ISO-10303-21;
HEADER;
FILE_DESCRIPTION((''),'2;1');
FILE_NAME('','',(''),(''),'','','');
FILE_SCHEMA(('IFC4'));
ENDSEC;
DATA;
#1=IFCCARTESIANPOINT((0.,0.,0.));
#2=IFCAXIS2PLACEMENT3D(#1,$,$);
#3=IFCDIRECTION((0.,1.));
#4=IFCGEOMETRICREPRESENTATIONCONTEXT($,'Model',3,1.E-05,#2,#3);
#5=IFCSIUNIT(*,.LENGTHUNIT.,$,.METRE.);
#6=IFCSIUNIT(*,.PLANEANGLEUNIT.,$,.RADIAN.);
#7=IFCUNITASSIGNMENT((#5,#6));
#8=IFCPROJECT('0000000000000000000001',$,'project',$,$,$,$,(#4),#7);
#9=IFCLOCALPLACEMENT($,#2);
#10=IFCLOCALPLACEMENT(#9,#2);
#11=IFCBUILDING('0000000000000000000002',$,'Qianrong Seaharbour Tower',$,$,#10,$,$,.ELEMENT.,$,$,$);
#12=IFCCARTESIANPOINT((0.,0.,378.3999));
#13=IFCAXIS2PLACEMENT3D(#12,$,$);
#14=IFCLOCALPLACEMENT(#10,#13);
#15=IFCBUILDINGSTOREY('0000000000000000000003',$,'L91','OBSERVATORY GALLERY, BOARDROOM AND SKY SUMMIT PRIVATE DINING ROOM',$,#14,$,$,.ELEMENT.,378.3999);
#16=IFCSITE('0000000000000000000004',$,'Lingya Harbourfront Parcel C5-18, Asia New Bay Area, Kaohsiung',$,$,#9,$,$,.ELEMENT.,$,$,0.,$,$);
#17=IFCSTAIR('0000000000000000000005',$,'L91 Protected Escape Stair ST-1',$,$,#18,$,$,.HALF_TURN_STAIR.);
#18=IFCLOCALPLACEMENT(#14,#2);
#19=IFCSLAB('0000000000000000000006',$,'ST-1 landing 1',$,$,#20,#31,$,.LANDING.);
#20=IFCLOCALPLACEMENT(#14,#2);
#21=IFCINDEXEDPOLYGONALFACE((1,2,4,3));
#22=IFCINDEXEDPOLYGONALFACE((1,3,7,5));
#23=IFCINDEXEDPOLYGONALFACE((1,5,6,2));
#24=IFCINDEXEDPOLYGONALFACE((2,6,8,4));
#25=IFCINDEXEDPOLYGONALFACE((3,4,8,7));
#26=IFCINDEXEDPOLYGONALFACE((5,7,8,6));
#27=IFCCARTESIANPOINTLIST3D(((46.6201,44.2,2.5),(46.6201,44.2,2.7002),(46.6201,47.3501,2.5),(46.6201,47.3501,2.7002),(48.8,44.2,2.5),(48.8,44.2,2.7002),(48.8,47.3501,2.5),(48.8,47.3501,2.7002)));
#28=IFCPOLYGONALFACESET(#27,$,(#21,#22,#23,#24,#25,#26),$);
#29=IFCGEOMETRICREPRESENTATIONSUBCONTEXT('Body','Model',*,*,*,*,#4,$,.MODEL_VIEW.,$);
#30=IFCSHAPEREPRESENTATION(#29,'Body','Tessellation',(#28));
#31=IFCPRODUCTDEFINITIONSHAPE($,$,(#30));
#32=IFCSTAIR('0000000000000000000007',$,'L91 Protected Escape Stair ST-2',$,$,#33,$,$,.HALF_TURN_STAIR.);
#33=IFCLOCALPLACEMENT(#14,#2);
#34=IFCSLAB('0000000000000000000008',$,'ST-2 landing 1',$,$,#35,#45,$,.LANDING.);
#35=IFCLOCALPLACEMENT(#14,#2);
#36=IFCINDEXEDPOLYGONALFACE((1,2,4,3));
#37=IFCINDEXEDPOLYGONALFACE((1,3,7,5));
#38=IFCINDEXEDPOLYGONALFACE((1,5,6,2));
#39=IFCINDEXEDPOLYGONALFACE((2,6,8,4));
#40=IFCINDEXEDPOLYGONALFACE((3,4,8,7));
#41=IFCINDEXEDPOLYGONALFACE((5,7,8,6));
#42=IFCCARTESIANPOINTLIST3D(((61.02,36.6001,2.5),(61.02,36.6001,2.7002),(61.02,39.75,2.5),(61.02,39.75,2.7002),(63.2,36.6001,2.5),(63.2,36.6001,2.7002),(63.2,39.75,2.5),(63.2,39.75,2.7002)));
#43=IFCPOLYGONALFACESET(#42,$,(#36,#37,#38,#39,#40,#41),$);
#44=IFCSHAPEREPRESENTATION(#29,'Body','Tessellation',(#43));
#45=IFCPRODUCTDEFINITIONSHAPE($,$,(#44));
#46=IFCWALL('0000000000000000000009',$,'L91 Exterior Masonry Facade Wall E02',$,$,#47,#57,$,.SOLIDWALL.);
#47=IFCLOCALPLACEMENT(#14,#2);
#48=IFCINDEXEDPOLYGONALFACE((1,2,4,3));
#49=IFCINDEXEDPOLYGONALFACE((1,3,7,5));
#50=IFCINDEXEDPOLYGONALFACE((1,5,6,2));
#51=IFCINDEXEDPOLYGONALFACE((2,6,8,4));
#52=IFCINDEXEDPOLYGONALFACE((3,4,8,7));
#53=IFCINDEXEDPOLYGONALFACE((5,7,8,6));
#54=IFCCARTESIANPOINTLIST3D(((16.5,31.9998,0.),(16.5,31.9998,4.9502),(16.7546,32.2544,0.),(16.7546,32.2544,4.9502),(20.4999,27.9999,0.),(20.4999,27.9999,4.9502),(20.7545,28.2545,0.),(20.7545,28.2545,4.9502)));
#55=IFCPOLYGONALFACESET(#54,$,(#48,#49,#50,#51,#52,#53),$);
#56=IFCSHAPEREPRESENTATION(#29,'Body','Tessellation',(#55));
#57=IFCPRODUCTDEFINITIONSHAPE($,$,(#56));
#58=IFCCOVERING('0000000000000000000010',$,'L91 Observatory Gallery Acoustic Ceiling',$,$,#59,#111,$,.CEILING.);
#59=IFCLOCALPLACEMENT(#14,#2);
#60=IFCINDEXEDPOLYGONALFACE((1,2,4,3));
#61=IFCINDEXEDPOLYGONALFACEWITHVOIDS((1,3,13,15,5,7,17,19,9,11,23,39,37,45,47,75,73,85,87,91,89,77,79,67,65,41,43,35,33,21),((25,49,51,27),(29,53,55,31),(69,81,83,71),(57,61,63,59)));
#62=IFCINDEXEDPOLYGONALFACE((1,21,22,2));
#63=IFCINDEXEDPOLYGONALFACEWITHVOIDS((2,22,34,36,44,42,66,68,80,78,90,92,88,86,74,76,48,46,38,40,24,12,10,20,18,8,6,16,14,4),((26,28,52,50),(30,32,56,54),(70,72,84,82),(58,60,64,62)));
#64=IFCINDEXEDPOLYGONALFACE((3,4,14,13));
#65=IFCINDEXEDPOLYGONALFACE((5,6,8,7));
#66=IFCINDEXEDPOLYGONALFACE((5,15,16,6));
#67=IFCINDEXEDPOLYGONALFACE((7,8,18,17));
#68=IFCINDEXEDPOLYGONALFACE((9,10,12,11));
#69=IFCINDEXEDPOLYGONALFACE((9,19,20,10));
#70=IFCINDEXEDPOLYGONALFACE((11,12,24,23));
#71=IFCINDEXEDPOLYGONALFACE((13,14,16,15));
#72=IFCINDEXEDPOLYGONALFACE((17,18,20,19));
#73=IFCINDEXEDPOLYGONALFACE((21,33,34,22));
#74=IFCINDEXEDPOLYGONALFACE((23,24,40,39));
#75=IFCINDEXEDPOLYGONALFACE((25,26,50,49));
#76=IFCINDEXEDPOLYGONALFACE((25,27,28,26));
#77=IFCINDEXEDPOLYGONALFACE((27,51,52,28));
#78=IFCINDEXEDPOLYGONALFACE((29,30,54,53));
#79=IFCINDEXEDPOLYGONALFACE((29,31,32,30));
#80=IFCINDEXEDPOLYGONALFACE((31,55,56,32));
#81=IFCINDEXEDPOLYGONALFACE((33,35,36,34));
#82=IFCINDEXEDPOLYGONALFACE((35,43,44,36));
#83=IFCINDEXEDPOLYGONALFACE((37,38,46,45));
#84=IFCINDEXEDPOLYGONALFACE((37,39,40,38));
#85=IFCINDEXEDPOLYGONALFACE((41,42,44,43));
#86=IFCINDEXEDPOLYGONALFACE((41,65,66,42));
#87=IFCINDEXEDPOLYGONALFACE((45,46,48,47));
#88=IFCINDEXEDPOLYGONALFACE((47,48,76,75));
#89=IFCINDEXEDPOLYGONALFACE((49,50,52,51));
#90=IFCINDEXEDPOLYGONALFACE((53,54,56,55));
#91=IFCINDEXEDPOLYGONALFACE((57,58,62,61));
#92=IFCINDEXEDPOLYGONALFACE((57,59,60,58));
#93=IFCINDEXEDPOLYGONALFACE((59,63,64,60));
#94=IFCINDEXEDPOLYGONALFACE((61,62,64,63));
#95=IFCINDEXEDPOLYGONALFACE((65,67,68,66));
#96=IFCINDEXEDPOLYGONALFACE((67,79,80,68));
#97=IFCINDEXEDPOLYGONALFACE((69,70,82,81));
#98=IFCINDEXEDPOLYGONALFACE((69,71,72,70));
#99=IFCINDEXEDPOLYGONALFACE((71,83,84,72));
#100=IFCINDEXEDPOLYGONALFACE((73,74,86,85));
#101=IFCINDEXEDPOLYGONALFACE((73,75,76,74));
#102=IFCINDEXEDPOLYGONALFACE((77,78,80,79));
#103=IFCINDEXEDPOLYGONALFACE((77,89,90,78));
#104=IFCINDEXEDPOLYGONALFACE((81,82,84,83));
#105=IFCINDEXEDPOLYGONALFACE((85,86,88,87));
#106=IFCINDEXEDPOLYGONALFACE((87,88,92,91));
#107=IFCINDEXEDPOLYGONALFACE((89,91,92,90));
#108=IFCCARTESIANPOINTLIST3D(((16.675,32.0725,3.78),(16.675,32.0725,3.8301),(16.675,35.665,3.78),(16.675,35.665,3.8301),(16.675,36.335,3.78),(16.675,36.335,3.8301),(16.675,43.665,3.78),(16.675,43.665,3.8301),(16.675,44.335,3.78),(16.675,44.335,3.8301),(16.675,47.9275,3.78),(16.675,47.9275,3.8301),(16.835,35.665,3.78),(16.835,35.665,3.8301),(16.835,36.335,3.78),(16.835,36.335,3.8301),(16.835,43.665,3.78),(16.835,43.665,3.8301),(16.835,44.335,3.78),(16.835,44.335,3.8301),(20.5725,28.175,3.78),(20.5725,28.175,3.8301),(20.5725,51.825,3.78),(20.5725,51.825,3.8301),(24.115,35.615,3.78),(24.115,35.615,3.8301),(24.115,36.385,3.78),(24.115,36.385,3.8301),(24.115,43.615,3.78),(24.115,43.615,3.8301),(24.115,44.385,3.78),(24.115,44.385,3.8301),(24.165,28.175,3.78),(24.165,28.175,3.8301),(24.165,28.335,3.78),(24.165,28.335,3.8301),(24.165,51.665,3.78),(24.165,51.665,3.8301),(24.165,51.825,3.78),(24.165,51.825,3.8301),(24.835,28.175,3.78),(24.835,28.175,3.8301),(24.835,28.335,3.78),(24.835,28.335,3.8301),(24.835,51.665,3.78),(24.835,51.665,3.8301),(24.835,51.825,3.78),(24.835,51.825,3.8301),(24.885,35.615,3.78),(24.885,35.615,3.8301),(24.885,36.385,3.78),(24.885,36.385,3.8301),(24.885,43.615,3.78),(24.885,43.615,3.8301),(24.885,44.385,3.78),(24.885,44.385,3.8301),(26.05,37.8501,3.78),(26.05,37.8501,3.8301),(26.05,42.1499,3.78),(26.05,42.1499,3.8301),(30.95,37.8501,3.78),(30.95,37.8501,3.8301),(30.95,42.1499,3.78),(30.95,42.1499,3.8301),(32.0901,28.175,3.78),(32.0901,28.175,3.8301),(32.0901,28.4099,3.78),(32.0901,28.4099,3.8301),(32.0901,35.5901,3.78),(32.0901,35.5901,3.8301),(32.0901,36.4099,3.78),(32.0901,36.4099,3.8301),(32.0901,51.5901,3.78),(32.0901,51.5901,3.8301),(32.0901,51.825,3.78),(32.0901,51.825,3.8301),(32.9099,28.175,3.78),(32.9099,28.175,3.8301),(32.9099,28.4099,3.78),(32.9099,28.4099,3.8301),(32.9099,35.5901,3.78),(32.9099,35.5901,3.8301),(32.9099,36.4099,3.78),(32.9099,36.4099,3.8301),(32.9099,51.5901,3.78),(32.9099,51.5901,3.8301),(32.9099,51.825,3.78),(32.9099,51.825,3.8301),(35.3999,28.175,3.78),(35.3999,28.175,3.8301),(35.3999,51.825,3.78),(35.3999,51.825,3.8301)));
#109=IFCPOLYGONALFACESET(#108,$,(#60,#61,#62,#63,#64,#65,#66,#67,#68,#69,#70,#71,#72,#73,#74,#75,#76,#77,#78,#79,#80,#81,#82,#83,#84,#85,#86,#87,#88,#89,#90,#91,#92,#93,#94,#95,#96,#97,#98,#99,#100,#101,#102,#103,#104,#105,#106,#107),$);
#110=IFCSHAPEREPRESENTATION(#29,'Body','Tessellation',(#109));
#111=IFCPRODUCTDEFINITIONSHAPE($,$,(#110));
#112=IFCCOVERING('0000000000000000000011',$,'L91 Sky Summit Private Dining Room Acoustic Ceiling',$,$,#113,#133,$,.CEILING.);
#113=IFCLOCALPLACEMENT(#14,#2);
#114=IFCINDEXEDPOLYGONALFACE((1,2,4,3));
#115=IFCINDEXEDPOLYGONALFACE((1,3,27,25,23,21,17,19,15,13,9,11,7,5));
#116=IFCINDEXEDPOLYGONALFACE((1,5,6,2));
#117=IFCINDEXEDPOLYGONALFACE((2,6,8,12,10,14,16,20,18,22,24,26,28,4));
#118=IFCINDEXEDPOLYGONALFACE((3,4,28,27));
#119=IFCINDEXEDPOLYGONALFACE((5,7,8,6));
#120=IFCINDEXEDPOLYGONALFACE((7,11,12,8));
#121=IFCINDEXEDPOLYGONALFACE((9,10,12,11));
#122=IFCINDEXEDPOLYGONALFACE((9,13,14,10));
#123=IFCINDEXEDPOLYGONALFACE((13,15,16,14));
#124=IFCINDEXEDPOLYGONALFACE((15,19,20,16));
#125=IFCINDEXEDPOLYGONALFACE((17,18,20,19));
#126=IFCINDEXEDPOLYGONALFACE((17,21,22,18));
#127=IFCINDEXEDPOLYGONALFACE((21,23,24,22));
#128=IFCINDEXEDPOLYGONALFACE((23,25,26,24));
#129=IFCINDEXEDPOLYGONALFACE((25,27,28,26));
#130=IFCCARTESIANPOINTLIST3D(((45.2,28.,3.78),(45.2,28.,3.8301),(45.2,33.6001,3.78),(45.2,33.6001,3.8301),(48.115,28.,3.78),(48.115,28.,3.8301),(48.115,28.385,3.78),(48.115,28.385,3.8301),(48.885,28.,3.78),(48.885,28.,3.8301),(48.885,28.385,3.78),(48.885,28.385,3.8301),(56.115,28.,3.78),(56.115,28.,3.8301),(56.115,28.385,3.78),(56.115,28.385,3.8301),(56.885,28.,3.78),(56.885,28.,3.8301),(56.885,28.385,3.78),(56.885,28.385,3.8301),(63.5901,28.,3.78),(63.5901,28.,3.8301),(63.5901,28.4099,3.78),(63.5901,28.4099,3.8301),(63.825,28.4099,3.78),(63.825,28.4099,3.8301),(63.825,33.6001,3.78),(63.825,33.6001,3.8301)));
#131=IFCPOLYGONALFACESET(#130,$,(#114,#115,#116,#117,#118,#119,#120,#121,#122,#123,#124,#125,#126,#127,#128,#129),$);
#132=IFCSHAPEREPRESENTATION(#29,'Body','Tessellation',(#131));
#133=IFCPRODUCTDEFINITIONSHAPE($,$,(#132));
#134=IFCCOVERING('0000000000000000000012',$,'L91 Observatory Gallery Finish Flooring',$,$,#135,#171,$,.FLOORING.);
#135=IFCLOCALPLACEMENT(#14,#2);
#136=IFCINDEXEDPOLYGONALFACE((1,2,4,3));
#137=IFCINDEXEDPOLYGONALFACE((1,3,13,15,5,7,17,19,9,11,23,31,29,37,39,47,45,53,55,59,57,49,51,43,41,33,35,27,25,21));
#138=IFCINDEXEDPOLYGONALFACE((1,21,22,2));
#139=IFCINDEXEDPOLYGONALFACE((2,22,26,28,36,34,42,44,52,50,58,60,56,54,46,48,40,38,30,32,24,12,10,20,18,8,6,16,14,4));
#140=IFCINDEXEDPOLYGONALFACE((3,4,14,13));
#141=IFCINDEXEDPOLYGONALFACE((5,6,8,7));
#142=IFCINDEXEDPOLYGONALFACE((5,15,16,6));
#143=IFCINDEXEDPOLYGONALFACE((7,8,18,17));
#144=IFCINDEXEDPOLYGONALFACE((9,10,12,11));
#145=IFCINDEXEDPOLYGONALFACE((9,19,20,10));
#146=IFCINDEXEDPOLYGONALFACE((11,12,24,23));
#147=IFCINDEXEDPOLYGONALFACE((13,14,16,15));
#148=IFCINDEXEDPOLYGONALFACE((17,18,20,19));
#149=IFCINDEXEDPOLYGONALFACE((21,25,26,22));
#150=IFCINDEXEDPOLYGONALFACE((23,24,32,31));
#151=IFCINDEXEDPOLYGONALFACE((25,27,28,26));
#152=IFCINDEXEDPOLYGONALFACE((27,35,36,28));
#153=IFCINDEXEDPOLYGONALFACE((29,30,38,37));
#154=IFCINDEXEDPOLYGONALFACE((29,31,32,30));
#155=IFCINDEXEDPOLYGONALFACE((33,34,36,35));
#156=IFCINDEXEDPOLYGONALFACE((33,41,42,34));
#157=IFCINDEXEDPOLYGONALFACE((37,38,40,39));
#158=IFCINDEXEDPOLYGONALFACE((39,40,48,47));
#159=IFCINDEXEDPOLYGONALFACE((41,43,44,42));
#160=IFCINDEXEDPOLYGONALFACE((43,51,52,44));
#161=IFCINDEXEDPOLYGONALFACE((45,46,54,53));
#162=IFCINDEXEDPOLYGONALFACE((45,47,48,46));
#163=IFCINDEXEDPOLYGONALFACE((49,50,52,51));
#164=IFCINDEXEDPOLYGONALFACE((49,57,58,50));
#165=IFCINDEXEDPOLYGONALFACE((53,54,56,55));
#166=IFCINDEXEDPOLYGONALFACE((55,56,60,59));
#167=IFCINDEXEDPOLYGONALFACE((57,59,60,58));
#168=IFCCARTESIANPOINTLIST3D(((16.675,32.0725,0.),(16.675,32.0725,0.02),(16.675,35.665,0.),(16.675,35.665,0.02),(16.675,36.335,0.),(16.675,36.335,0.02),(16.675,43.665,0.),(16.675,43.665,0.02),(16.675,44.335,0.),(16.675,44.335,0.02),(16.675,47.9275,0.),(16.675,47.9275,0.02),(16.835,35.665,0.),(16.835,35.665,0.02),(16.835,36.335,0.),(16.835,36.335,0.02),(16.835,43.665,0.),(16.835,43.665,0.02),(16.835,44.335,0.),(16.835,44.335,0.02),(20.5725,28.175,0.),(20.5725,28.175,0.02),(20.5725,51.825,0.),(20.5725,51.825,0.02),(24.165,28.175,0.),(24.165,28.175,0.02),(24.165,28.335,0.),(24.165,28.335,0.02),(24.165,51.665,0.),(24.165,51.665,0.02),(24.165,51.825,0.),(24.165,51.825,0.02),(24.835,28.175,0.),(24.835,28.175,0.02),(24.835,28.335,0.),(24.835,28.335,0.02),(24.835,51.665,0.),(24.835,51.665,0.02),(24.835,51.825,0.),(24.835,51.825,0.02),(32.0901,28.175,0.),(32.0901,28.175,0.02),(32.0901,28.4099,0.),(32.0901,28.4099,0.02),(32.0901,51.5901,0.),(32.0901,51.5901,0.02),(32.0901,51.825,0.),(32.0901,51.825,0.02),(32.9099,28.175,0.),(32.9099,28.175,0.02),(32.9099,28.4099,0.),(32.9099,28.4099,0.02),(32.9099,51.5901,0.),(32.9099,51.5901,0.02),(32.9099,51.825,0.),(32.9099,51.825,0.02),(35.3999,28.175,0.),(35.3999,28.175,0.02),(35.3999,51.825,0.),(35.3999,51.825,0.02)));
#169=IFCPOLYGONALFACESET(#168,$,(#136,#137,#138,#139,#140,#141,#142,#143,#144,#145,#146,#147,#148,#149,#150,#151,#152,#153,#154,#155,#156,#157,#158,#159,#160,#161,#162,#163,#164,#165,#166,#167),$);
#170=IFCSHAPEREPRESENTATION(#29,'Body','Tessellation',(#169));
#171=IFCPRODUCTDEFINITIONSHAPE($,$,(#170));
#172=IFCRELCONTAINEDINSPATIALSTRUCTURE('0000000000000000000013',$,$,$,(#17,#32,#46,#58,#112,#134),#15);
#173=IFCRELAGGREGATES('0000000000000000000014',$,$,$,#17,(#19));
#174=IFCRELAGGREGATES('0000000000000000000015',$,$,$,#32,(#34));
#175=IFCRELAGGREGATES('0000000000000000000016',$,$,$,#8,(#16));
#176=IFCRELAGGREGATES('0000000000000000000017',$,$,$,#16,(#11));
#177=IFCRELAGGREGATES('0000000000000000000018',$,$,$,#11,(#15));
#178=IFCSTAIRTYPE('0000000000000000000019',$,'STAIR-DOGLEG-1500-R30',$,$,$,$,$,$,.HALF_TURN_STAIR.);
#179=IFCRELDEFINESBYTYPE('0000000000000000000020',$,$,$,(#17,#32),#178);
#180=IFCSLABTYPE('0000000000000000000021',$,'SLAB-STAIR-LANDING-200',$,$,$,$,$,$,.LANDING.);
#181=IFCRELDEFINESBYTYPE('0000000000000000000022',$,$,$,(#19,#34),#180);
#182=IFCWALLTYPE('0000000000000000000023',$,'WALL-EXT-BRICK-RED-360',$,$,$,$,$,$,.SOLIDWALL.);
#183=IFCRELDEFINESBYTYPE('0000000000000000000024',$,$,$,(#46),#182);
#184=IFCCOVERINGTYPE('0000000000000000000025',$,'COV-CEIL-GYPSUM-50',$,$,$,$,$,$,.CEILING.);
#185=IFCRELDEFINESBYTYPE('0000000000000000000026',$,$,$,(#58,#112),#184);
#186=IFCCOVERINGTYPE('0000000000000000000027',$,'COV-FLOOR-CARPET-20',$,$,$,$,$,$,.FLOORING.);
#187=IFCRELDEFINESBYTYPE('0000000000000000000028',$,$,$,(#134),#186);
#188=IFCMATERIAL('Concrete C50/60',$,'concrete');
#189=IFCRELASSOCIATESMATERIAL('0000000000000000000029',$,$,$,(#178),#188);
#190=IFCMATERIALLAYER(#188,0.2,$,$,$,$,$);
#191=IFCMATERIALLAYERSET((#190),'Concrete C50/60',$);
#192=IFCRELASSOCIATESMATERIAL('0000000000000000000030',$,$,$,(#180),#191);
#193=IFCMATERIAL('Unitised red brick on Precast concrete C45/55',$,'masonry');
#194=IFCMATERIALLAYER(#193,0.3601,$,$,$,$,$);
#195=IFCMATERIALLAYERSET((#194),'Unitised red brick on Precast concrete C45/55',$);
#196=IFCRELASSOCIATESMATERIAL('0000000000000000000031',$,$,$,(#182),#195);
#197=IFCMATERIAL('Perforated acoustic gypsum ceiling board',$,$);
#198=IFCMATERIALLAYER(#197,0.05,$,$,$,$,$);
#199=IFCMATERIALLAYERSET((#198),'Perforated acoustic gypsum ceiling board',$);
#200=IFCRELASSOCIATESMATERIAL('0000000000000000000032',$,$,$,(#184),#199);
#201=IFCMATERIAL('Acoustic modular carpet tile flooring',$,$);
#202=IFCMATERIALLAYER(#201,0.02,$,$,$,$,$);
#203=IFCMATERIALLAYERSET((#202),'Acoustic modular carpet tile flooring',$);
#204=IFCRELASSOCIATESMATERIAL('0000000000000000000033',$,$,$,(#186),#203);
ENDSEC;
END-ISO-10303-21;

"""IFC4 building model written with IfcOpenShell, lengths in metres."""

from ifc_helpers import new_model, si_unit, direction, frame, frame_2d, origin, place, context, subcontext, project, spatial, polyline, rectangle, outline, extrude, material, layer, layer_set, type_object, element, aggregate, save


model = new_model("IFC4")

# Units and contexts
model_context = context("Model", 3, precision=1e-05, world=origin(), true_north=direction((0.0, 1.0)))
body_context = subcontext(model_context, "Body", "Model", "MODEL_VIEW")
ifc_project = project(units=[si_unit("LENGTHUNIT", "METRE"), si_unit("PLANEANGLEUNIT", "RADIAN")], contexts=[model_context])

# Site, building, storey
site_placement = place(None, origin())
site = spatial("IfcSite", under=ifc_project, at=site_placement, Name="Lingya Harbourfront Parcel C5-18, Asia New Bay Area, Kaohsiung", CompositionType="ELEMENT", RefElevation=0.0)
building_placement = place(site_placement, origin())
building = spatial("IfcBuilding", under=site, at=building_placement, Name="Qianrong Seaharbour Tower", CompositionType="ELEMENT")
storey_placement = place(building_placement, frame((0.0, 0.0, 378.3999)))
storey = spatial("IfcBuildingStorey", under=building, at=storey_placement, Name="L91", Description="OBSERVATORY GALLERY, BOARDROOM AND SKY SUMMIT PRIVATE DINING ROOM", CompositionType="ELEMENT", Elevation=378.3999)

# Shared definitions
ifc_material_1 = material(Name="Concrete C50/60", Category="concrete")

# Stairs, slabs
stair_type = type_object("IfcStairType", Name="STAIR-DOGLEG-1500-R30", PredefinedType="HALF_TURN_STAIR", material=ifc_material_1)
stair_1_placement = place(storey_placement, origin())
stair_1 = element("IfcStair", 1, at=stair_1_placement, inside=storey, type_object=stair_type, Name="L91 Protected Escape Stair ST-1", PredefinedType="HALF_TURN_STAIR")
ifc_layer_1 = layer(ifc_material_1, 0.2)
ifc_layer_set_1 = layer_set([ifc_layer_1], Name="Concrete C50/60")
slab_type_1 = type_object("IfcSlabType", Name="SLAB-STAIR-LANDING-200", PredefinedType="LANDING", material=ifc_layer_set_1)
slab_1_placement = place(storey_placement, frame((0.0, 0.0, 2.5)))
slab_1 = element("IfcSlab", 2, at=slab_1_placement, type_object=slab_type_1, Name="ST-1 landing 1", PredefinedType="LANDING", context=body_context, shape_type="SweptSolid", body=[
    extrude(outline(polyline([(46.6201, 44.2), (48.8, 44.2), (48.8, 47.3501), (46.6201, 47.3501), (46.6201, 44.2)])), origin(), (0.0, 0.0, 1.0), 0.2002),
])
aggregate(stair_1, [slab_1])
stair_2_placement = place(storey_placement, origin())
stair_2 = element("IfcStair", 3, at=stair_2_placement, inside=storey, type_object=stair_type, Name="L91 Protected Escape Stair ST-2", PredefinedType="HALF_TURN_STAIR")
slab_2_placement = place(storey_placement, frame((0.0, 0.0, 2.5)))
slab_2 = element("IfcSlab", 4, at=slab_2_placement, type_object=slab_type_1, Name="ST-2 landing 1", PredefinedType="LANDING", context=body_context, shape_type="SweptSolid", body=[
    extrude(outline(polyline([(61.02, 36.6001), (63.2, 36.6001), (63.2, 39.75), (61.02, 39.75), (61.02, 36.6001)])), origin(), (0.0, 0.0, 1.0), 0.2002),
])
aggregate(stair_2, [slab_2])

# Wall
ifc_material_2 = material(Name="Unitised red brick on Precast concrete C45/55", Category="masonry")
ifc_layer_2 = layer(ifc_material_2, 0.3601)
ifc_layer_set_2 = layer_set([ifc_layer_2], Name="Unitised red brick on Precast concrete C45/55")
wall_type = type_object("IfcWallType", Name="WALL-EXT-BRICK-RED-360", PredefinedType="SOLIDWALL", material=ifc_layer_set_2)
wall_placement = place(storey_placement, frame((20.6272, 28.1272, 0.0), z_axis=(0.0, 0.0, 1.0), x_axis=(-0.707107, 0.707107, 0.0)))
element("IfcWall", 5, at=wall_placement, inside=storey, type_object=wall_type, Name="L91 Exterior Masonry Facade Wall E02", PredefinedType="SOLIDWALL", context=body_context, shape_type="SweptSolid", body=[
    extrude(rectangle(XDim=5.6567, YDim=0.3601, at=frame_2d((2.8284, 0.0))), origin(), (0.0, 0.0, 1.0), 4.9502),
])

# Coverings
ifc_material_3 = material(Name="Perforated acoustic gypsum ceiling board")
ifc_layer_3 = layer(ifc_material_3, 0.05)
ifc_layer_set_3 = layer_set([ifc_layer_3], Name="Perforated acoustic gypsum ceiling board")
covering_type_1 = type_object("IfcCoveringType", Name="COV-CEIL-GYPSUM-50", PredefinedType="CEILING", material=ifc_layer_set_3)
covering_1_placement = place(storey_placement, frame((0.0, 0.0, 3.78)))
element("IfcCovering", 6, at=covering_1_placement, inside=storey, type_object=covering_type_1, Name="L91 Observatory Gallery Acoustic Ceiling", PredefinedType="CEILING", context=body_context, shape_type="SweptSolid", body=[
    extrude(outline(polyline([(16.675, 32.0725), (16.675, 35.665), (16.835, 35.665), (16.835, 36.335), (16.675, 36.335), (16.675, 43.665), (16.835, 43.665), (16.835, 44.335), (16.675, 44.335), (16.675, 47.9275), (20.5725, 51.825), (24.165, 51.825), (24.165, 51.665), (24.835, 51.665), (24.835, 51.825), (32.0901, 51.825), (32.0901, 51.5901), (32.9099, 51.5901), (32.9099, 51.825), (35.3999, 51.825), (35.3999, 28.175), (32.9099, 28.175), (32.9099, 28.4099), (32.0901, 28.4099), (32.0901, 28.175), (24.835, 28.175), (24.835, 28.335), (24.165, 28.335), (24.165, 28.175), (20.5725, 28.175), (16.675, 32.0725)]), holes=[polyline([(32.9099, 35.5901), (32.9099, 36.4099), (32.0901, 36.4099), (32.0901, 35.5901), (32.9099, 35.5901)]), polyline([(26.05, 37.8501), (30.95, 37.8501), (30.95, 42.1499), (26.05, 42.1499), (26.05, 37.8501)]), polyline([(24.885, 35.615), (24.885, 36.385), (24.115, 36.385), (24.115, 35.615), (24.885, 35.615)]), polyline([(24.885, 43.615), (24.885, 44.385), (24.115, 44.385), (24.115, 43.615), (24.885, 43.615)])]), origin(), (0.0, 0.0, 1.0), 0.05),
])
covering_2_placement = place(storey_placement, frame((0.0, 0.0, 3.78)))
element("IfcCovering", 7, at=covering_2_placement, inside=storey, type_object=covering_type_1, Name="L91 Sky Summit Private Dining Room Acoustic Ceiling", PredefinedType="CEILING", context=body_context, shape_type="SweptSolid", body=[
    extrude(outline(polyline([(63.825, 33.6001), (63.825, 28.4099), (63.5901, 28.4099), (63.5901, 28.0), (56.885, 28.0), (56.885, 28.385), (56.115, 28.385), (56.115, 28.0), (48.885, 28.0), (48.885, 28.385), (48.115, 28.385), (48.115, 28.0), (45.2, 28.0), (45.2, 33.6001), (63.825, 33.6001)])), origin(), (0.0, 0.0, 1.0), 0.05),
])
ifc_material_4 = material(Name="Acoustic modular carpet tile flooring")
ifc_layer_4 = layer(ifc_material_4, 0.02)
ifc_layer_set_4 = layer_set([ifc_layer_4], Name="Acoustic modular carpet tile flooring")
covering_type_2 = type_object("IfcCoveringType", Name="COV-FLOOR-CARPET-20", PredefinedType="FLOORING", material=ifc_layer_set_4)
covering_3_placement = place(storey_placement, origin())
element("IfcCovering", 8, at=covering_3_placement, inside=storey, type_object=covering_type_2, Name="L91 Observatory Gallery Finish Flooring", PredefinedType="FLOORING", context=body_context, shape_type="SweptSolid", body=[
    extrude(outline(polyline([(16.675, 32.0725), (16.675, 35.665), (16.835, 35.665), (16.835, 36.335), (16.675, 36.335), (16.675, 43.665), (16.835, 43.665), (16.835, 44.335), (16.675, 44.335), (16.675, 47.9275), (20.5725, 51.825), (24.165, 51.825), (24.165, 51.665), (24.835, 51.665), (24.835, 51.825), (32.0901, 51.825), (32.0901, 51.5901), (32.9099, 51.5901), (32.9099, 51.825), (35.3999, 51.825), (35.3999, 28.175), (32.9099, 28.175), (32.9099, 28.4099), (32.0901, 28.4099), (32.0901, 28.175), (24.835, 28.175), (24.835, 28.335), (24.165, 28.335), (24.165, 28.175), (20.5725, 28.175), (16.675, 32.0725)])), origin(), (0.0, 0.0, 1.0), 0.02),
])

save(model, "model.ifc")
